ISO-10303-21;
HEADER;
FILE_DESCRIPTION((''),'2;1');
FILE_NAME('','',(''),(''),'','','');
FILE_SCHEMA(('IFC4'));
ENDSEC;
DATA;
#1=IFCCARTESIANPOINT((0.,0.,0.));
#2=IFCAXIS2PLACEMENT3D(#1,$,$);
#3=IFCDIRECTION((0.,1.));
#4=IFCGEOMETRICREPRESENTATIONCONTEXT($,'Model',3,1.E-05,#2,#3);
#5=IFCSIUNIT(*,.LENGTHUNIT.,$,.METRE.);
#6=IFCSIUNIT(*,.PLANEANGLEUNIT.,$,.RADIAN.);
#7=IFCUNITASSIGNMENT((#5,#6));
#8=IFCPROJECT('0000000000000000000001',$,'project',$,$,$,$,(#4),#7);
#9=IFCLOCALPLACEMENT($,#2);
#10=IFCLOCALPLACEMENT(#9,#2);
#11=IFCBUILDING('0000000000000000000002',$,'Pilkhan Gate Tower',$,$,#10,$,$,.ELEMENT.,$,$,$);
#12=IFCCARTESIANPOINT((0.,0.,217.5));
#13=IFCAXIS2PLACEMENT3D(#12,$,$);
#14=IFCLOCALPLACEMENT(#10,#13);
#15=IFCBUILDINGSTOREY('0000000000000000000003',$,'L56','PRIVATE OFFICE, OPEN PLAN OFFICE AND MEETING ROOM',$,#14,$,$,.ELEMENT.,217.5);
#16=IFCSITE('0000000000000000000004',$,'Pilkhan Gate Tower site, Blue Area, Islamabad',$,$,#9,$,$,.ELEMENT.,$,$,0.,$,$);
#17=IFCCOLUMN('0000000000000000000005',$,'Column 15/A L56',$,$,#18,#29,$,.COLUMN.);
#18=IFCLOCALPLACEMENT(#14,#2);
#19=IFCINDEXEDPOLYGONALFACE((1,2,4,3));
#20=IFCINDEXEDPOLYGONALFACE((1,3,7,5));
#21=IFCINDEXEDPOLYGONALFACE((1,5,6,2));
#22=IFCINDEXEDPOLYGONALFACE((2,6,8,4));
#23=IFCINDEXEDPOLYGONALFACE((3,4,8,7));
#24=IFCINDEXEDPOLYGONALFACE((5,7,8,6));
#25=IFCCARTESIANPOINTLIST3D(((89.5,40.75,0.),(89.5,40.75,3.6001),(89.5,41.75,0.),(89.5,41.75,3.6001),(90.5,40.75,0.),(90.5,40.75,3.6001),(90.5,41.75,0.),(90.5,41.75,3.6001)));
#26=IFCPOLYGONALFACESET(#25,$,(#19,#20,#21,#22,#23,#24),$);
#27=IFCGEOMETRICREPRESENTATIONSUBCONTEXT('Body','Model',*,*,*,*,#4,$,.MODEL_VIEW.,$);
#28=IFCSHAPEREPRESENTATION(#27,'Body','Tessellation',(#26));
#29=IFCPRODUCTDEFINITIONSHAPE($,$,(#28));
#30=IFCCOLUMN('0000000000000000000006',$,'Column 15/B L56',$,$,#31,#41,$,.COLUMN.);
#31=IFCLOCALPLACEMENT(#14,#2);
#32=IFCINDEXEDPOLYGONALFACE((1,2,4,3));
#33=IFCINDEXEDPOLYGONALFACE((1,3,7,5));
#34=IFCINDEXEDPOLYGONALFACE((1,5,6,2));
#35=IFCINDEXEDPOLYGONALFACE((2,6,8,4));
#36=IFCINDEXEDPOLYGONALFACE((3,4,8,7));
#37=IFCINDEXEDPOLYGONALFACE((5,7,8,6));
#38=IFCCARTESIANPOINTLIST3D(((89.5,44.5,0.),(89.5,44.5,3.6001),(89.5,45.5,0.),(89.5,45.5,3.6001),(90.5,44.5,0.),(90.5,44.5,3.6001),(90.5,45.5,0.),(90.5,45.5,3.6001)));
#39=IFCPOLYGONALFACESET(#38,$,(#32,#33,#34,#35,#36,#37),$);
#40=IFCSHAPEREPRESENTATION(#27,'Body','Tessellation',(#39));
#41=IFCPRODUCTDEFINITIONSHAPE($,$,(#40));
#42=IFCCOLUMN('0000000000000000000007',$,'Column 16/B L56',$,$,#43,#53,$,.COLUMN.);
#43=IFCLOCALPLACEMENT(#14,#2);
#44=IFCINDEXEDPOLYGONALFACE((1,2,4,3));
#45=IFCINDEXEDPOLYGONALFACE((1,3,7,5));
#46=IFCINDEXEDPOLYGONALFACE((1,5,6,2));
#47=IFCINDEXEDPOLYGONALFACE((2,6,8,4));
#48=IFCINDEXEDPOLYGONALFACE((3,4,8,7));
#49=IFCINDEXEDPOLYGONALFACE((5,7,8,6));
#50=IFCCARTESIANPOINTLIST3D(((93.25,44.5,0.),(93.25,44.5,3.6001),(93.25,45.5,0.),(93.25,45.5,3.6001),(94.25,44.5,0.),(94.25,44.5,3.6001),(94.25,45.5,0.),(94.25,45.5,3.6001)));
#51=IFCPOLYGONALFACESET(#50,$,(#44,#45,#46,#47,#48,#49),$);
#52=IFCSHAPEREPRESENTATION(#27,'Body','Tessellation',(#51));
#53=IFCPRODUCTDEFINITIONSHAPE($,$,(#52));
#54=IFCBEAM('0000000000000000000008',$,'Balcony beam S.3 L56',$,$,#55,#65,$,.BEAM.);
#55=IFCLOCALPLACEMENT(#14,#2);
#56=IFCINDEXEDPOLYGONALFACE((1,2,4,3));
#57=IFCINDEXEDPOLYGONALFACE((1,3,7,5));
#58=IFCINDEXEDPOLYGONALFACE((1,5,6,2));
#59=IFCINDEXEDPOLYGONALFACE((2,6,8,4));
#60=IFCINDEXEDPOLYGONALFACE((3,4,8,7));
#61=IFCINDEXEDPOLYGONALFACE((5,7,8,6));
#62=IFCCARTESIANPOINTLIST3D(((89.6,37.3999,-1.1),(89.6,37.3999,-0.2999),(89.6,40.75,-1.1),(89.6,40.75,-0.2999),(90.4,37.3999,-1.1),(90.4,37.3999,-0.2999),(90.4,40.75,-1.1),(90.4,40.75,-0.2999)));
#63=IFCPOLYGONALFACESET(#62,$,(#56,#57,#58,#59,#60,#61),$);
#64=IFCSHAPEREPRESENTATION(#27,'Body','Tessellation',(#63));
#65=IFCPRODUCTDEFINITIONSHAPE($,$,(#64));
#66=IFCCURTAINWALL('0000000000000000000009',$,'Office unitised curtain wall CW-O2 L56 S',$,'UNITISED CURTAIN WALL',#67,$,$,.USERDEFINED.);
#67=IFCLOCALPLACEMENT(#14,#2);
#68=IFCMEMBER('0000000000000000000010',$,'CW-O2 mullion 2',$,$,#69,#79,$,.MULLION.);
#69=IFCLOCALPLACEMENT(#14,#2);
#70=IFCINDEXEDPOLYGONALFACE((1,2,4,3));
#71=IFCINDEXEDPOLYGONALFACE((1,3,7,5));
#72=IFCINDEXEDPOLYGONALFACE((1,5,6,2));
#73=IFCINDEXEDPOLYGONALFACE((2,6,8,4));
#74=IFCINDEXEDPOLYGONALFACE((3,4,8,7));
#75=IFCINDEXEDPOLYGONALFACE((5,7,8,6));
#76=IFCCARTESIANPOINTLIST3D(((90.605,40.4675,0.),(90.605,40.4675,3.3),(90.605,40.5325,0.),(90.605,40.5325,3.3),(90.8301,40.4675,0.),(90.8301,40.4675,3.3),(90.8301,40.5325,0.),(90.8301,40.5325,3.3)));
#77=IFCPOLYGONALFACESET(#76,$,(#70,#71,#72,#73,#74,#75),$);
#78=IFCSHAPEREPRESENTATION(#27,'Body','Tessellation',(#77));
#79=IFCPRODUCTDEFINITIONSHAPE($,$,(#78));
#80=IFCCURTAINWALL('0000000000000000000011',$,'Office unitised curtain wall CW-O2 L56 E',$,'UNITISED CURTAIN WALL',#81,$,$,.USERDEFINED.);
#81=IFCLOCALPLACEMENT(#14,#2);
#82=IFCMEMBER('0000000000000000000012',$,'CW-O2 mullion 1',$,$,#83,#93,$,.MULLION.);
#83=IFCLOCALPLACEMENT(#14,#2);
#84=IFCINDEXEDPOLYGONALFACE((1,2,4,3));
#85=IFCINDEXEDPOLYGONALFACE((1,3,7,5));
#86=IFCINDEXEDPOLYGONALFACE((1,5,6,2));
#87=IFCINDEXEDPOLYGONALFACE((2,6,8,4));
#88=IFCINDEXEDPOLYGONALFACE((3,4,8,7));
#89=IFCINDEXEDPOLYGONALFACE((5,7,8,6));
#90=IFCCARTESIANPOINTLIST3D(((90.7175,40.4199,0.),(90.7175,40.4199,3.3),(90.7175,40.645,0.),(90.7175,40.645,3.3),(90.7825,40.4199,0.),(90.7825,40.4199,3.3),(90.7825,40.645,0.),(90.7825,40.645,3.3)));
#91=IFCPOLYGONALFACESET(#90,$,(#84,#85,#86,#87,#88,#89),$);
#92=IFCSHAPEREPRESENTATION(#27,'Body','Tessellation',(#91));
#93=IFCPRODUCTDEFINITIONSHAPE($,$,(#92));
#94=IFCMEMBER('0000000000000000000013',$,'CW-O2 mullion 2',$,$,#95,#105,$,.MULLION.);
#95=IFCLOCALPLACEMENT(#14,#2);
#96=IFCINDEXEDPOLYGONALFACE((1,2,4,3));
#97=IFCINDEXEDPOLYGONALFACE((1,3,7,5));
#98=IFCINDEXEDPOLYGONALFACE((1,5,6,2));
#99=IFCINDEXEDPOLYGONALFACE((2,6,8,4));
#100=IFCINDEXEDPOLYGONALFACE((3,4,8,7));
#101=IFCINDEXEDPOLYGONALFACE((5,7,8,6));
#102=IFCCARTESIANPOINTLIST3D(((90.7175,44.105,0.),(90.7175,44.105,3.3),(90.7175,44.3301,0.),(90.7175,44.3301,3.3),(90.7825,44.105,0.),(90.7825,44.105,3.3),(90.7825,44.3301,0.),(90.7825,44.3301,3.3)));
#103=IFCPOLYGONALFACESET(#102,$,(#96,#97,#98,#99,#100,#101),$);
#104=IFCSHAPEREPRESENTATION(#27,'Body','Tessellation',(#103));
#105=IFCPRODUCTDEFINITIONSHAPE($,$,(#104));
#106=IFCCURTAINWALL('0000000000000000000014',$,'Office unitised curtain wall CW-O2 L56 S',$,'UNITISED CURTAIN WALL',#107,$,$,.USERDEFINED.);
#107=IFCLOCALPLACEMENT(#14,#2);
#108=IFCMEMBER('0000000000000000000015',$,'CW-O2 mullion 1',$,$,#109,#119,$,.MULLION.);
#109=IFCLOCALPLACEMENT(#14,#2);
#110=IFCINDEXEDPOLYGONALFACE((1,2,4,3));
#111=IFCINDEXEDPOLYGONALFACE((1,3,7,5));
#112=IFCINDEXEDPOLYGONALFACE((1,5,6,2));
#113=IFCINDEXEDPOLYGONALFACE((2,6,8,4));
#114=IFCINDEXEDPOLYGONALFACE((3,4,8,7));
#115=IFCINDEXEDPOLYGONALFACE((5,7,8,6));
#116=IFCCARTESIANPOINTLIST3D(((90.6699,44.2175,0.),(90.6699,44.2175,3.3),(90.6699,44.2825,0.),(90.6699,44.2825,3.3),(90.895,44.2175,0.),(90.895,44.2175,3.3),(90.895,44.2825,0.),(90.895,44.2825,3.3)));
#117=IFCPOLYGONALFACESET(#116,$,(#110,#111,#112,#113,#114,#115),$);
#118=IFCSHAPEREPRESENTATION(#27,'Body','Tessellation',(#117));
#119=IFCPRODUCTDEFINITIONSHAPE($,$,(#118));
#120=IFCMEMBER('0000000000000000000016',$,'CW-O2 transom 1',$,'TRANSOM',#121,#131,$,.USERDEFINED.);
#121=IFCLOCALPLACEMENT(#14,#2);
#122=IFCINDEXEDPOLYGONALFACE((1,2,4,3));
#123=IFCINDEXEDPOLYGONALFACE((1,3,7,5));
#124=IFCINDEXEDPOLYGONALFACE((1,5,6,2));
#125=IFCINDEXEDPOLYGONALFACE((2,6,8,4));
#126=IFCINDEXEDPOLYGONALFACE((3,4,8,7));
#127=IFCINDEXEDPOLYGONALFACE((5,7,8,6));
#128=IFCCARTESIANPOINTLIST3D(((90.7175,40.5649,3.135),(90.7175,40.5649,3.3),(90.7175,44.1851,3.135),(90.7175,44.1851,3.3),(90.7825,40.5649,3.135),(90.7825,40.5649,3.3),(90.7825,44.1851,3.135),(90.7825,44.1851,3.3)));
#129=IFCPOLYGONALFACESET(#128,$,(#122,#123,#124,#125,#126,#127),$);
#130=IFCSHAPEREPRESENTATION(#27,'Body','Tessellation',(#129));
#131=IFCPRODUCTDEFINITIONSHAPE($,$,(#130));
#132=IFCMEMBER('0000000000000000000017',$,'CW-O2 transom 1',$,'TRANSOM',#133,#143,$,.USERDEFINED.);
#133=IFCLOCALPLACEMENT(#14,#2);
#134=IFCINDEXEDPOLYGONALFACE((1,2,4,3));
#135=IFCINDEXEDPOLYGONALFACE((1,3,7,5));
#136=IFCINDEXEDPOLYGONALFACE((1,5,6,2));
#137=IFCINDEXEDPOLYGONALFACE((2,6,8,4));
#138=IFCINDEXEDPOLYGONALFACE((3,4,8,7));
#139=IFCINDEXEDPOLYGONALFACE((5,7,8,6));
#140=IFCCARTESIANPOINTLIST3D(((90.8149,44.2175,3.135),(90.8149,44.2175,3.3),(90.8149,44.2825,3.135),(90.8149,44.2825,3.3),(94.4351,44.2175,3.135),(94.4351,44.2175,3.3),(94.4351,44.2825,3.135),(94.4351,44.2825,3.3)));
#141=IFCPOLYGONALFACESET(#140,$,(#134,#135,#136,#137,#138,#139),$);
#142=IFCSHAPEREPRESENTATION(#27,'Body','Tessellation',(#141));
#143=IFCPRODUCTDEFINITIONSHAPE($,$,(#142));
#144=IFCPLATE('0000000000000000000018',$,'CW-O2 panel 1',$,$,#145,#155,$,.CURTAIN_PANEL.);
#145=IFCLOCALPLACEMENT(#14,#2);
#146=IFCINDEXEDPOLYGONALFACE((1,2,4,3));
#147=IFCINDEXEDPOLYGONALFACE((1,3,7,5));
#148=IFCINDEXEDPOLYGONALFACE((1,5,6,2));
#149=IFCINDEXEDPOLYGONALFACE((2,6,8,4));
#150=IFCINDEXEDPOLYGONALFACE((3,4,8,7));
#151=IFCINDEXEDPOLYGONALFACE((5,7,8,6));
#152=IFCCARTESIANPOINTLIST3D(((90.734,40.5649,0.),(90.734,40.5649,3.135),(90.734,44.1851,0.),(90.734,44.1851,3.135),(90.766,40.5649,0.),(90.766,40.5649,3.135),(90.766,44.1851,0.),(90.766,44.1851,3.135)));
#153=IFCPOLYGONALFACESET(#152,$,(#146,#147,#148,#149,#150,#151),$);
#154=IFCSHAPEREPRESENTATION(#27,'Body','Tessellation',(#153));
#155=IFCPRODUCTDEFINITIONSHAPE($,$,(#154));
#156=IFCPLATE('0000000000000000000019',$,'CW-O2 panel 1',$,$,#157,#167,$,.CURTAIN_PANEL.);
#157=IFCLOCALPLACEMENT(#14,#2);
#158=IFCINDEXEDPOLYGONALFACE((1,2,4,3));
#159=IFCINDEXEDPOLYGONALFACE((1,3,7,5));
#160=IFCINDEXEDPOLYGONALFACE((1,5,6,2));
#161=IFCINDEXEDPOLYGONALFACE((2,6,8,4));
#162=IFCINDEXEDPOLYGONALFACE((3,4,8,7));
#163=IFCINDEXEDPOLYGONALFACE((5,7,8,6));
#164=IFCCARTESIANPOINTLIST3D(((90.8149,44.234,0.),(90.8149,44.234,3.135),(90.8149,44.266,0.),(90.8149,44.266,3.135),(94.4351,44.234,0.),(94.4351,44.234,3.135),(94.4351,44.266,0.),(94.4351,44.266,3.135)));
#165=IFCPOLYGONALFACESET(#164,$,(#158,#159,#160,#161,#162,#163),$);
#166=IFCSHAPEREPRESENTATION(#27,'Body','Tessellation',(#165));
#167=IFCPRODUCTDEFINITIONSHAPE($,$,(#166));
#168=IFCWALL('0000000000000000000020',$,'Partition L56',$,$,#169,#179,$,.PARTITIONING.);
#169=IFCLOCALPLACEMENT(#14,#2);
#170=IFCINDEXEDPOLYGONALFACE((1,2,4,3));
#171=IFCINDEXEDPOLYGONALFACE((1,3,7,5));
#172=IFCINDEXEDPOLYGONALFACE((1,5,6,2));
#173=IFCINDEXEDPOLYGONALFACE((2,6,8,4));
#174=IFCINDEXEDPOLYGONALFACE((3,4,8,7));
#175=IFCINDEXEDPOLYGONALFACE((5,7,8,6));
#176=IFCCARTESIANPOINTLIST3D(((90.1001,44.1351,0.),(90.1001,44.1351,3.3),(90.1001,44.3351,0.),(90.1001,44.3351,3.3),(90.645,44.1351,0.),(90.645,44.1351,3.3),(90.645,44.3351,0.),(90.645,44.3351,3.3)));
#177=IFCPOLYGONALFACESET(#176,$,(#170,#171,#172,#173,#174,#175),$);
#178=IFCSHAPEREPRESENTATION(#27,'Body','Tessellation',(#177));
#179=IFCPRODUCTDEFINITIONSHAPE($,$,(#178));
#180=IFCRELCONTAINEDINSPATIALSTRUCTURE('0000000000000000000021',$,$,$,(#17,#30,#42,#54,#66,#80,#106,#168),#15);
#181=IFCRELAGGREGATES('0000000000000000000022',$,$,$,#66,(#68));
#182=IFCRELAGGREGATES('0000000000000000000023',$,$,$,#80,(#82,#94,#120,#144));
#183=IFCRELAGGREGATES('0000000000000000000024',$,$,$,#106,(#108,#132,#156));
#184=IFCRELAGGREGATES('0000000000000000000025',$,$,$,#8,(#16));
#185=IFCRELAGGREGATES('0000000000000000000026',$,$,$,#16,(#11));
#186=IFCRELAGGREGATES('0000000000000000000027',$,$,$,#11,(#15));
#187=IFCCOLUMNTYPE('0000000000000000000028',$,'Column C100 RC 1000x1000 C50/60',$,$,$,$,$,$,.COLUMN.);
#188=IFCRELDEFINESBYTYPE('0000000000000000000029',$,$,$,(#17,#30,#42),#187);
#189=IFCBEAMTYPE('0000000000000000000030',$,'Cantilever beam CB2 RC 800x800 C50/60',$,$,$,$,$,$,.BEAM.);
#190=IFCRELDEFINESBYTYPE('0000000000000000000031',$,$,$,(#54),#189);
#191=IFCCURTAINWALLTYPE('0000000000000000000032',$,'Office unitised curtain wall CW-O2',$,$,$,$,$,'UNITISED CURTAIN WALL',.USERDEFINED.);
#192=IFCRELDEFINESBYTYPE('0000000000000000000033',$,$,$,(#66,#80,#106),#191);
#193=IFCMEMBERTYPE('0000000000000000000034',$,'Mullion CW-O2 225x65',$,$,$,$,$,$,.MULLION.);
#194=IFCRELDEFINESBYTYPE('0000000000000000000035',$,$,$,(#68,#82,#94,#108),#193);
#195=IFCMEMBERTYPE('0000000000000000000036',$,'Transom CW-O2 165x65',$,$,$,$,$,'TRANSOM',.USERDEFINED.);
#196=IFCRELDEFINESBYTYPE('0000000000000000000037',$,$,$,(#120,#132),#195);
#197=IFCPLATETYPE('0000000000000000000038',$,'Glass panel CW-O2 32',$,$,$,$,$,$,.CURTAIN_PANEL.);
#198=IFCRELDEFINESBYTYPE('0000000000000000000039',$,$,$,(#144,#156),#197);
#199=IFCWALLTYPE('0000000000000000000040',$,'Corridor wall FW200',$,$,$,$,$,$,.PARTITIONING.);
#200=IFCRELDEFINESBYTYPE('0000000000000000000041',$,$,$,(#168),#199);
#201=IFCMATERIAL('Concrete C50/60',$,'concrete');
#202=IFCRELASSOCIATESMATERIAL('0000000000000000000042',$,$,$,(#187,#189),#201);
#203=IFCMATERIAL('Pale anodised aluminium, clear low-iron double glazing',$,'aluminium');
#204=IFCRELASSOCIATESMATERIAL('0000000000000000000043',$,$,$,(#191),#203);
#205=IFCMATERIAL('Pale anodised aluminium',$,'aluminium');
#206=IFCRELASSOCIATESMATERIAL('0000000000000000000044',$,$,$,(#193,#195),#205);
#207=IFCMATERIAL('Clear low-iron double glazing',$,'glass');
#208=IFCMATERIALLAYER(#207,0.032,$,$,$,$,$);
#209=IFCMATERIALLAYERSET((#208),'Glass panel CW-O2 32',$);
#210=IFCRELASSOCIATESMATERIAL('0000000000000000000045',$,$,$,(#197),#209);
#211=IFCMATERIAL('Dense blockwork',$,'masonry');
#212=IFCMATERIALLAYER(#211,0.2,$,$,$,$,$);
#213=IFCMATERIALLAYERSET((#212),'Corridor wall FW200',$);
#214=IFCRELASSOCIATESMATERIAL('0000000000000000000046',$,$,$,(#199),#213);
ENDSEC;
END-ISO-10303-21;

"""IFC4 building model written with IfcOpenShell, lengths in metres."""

from ifc_helpers import new_model, si_unit, direction, frame, frame_2d, origin, origin_2d, place, context, subcontext, project, spatial, rectangle, extrude, material, layer, layer_set, material_profile, profile_set, type_object, element, aggregate, save


model = new_model("IFC4")

# Units and contexts
model_context = context("Model", 3, precision=1e-05, world=origin(), true_north=direction((0.0, 1.0)))
body_context = subcontext(model_context, "Body", "Model", "MODEL_VIEW")
ifc_project = project(units=[si_unit("LENGTHUNIT", "METRE"), si_unit("PLANEANGLEUNIT", "RADIAN")], contexts=[model_context])

# Site, building, storey
site_placement = place(None, origin())
site = spatial("IfcSite", under=ifc_project, at=site_placement, Name="Pilkhan Gate Tower site, Blue Area, Islamabad", CompositionType="ELEMENT", RefElevation=0.0)
building_placement = place(site_placement, origin())
building = spatial("IfcBuilding", under=site, at=building_placement, Name="Pilkhan Gate Tower", CompositionType="ELEMENT")
storey_placement = place(building_placement, frame((0.0, 0.0, 217.5)))
storey = spatial("IfcBuildingStorey", under=building, at=storey_placement, Name="L56", Description="PRIVATE OFFICE, OPEN PLAN OFFICE AND MEETING ROOM", CompositionType="ELEMENT", Elevation=217.5)

# Columns
ifc_material_1 = material(Name="Concrete C50/60", Category="concrete")
ifc_material_profile_1 = material_profile(ifc_material_1, rectangle(XDim=1.0, YDim=1.0, at=origin_2d()), Name="RC 1000x1000")
ifc_profile_set_1 = profile_set([ifc_material_profile_1], Name="Concrete C50/60")
column_type = type_object("IfcColumnType", Name="Column C100 RC 1000x1000 C50/60", PredefinedType="COLUMN", material=ifc_profile_set_1)
for number, where, z_axis, x_axis, name in (
    (1, (90.0, 41.25, 0.0), (0.0, 0.0, 1.0), (1.0, 0.0, 0.0), "Column 15/A L56"),
    (2, (90.0, 45.0, 0.0), (0.0, 0.0, 1.0), (1.0, 0.0, 0.0), "Column 15/B L56"),
    (3, (93.75, 45.0, 0.0), (0.0, 0.0, 1.0), (1.0, 0.0, 0.0), "Column 16/B L56"),
):
    element("IfcColumn", number, at=place(storey_placement, frame(where, z_axis=z_axis, x_axis=x_axis)), inside=storey, type_object=column_type, Name=name, PredefinedType="COLUMN", context=body_context, shape_type="SweptSolid", body=[
        extrude(rectangle(XDim=1.0, YDim=1.0, at=origin_2d()), origin(), (0.0, 0.0, 1.0), 3.6001),
    ])

# Beam
ifc_material_profile_2 = material_profile(ifc_material_1, rectangle(XDim=0.8, YDim=0.8, at=origin_2d()), Name="RC 800x800")
ifc_profile_set_2 = profile_set([ifc_material_profile_2], Name="Concrete C50/60")
beam_type = type_object("IfcBeamType", Name="Cantilever beam CB2 RC 800x800 C50/60", PredefinedType="BEAM", material=ifc_profile_set_2)
beam_placement = place(storey_placement, frame((90.0, 40.75, -0.7), z_axis=(0.0, -1.0, 0.0), x_axis=(1.0, 0.0, 0.0)))
element("IfcBeam", 4, at=beam_placement, inside=storey, type_object=beam_type, Name="Balcony beam S.3 L56", PredefinedType="BEAM", context=body_context, shape_type="SweptSolid", body=[
    extrude(rectangle(XDim=0.8, YDim=0.8, at=origin_2d()), origin(), (0.0, 0.0, 1.0), 3.3501),
])

# Curtain wall, member
ifc_material_2 = material(Name="Pale anodised aluminium, clear low-iron double glazing", Category="aluminium")
curtain_wall_type = type_object("IfcCurtainWallType", Name="Office unitised curtain wall CW-O2", ElementType="UNITISED CURTAIN WALL", PredefinedType="USERDEFINED", material=ifc_material_2)
curtain_wall_1_placement = place(storey_placement, origin())
curtain_wall_1 = element("IfcCurtainWall", 5, at=curtain_wall_1_placement, inside=storey, type_object=curtain_wall_type, Name="Office unitised curtain wall CW-O2 L56 S", ObjectType="UNITISED CURTAIN WALL", PredefinedType="USERDEFINED")
ifc_material_3 = material(Name="Pale anodised aluminium", Category="aluminium")
ifc_material_profile_3 = material_profile(ifc_material_3, rectangle(XDim=0.0649, YDim=0.2251, at=origin_2d()), Name="Mullion 225x65")
ifc_profile_set_3 = profile_set([ifc_material_profile_3], Name="Pale anodised aluminium")
member_type_1 = type_object("IfcMemberType", Name="Mullion CW-O2 225x65", PredefinedType="MULLION", material=ifc_profile_set_3)
member_1_placement = place(storey_placement, frame((90.7175, 40.5, 0.0), z_axis=(0.0, 0.0, 1.0), x_axis=(0.0, 1.0, 0.0)))
member_1 = element("IfcMember", 6, at=member_1_placement, type_object=member_type_1, Name="CW-O2 mullion 2", PredefinedType="MULLION", context=body_context, shape_type="SweptSolid", body=[
    extrude(rectangle(XDim=0.0649, YDim=0.2251, at=origin_2d()), origin(), (0.0, 0.0, 1.0), 3.3),
])
aggregate(curtain_wall_1, [member_1])

# Curtain wall, members
curtain_wall_2_placement = place(storey_placement, origin())
curtain_wall_2 = element("IfcCurtainWall", 7, at=curtain_wall_2_placement, inside=storey, type_object=curtain_wall_type, Name="Office unitised curtain wall CW-O2 L56 E", ObjectType="UNITISED CURTAIN WALL", PredefinedType="USERDEFINED")
member_2_placement = place(storey_placement, frame((90.75, 40.5325, 0.0), z_axis=(0.0, 0.0, 1.0), x_axis=(-1.0, 0.0, 0.0)))
member_2 = element("IfcMember", 8, at=member_2_placement, type_object=member_type_1, Name="CW-O2 mullion 1", PredefinedType="MULLION", context=body_context, shape_type="SweptSolid", body=[
    extrude(rectangle(XDim=0.0649, YDim=0.2251, at=origin_2d()), origin(), (0.0, 0.0, 1.0), 3.3),
])
member_3_placement = place(storey_placement, frame((90.75, 44.2175, 0.0), z_axis=(0.0, 0.0, 1.0), x_axis=(-1.0, 0.0, 0.0)))
member_3 = element("IfcMember", 9, at=member_3_placement, type_object=member_type_1, Name="CW-O2 mullion 2", PredefinedType="MULLION", context=body_context, shape_type="SweptSolid", body=[
    extrude(rectangle(XDim=0.0649, YDim=0.2251, at=origin_2d()), origin(), (0.0, 0.0, 1.0), 3.3),
])

# Curtain wall, member
curtain_wall_3_placement = place(storey_placement, origin())
curtain_wall_3 = element("IfcCurtainWall", 10, at=curtain_wall_3_placement, inside=storey, type_object=curtain_wall_type, Name="Office unitised curtain wall CW-O2 L56 S", ObjectType="UNITISED CURTAIN WALL", PredefinedType="USERDEFINED")
member_4_placement = place(storey_placement, frame((90.7825, 44.25, 0.0), z_axis=(0.0, 0.0, 1.0), x_axis=(0.0, 1.0, 0.0)))
member_4 = element("IfcMember", 11, at=member_4_placement, type_object=member_type_1, Name="CW-O2 mullion 1", PredefinedType="MULLION", context=body_context, shape_type="SweptSolid", body=[
    extrude(rectangle(XDim=0.0649, YDim=0.2251, at=origin_2d()), origin(), (0.0, 0.0, 1.0), 3.3),
])

# Members
ifc_material_profile_4 = material_profile(ifc_material_3, rectangle(XDim=0.0649, YDim=0.165, at=origin_2d()), Name="Transom 165x65")
ifc_profile_set_4 = profile_set([ifc_material_profile_4], Name="Pale anodised aluminium")
member_type_2 = type_object("IfcMemberType", Name="Transom CW-O2 165x65", ElementType="TRANSOM", PredefinedType="USERDEFINED", material=ifc_profile_set_4)
member_5_placement = place(storey_placement, frame((90.75, 40.5649, 3.2175), z_axis=(0.0, 1.0, 0.0), x_axis=(-1.0, 0.0, 0.0)))
member_5 = element("IfcMember", 12, at=member_5_placement, type_object=member_type_2, Name="CW-O2 transom 1", ObjectType="TRANSOM", PredefinedType="USERDEFINED", context=body_context, shape_type="SweptSolid", body=[
    extrude(rectangle(XDim=0.0649, YDim=0.165, at=origin_2d()), origin(), (0.0, 0.0, 1.0), 3.6201),
])
member_6_placement = place(storey_placement, frame((90.8149, 44.25, 3.2175), z_axis=(1.0, 0.0, 0.0), x_axis=(0.0, 1.0, 0.0)))
member_6 = element("IfcMember", 13, at=member_6_placement, type_object=member_type_2, Name="CW-O2 transom 1", ObjectType="TRANSOM", PredefinedType="USERDEFINED", context=body_context, shape_type="SweptSolid", body=[
    extrude(rectangle(XDim=0.0649, YDim=0.165, at=origin_2d()), origin(), (0.0, 0.0, 1.0), 3.6201),
])

# Plates
ifc_material_4 = material(Name="Clear low-iron double glazing", Category="glass")
ifc_layer_1 = layer(ifc_material_4, 0.032)
ifc_layer_set_1 = layer_set([ifc_layer_1], Name="Glass panel CW-O2 32")
plate_type = type_object("IfcPlateType", Name="Glass panel CW-O2 32", PredefinedType="CURTAIN_PANEL", material=ifc_layer_set_1)
plate_1_placement = place(storey_placement, frame((90.75, 42.375, 0.0), z_axis=(0.0, 0.0, 1.0), x_axis=(0.0, 1.0, 0.0)))
plate_1 = element("IfcPlate", 14, at=plate_1_placement, type_object=plate_type, Name="CW-O2 panel 1", PredefinedType="CURTAIN_PANEL", context=body_context, shape_type="SweptSolid", body=[
    extrude(rectangle(XDim=3.6201, YDim=0.032, at=origin_2d()), origin(), (0.0, 0.0, 1.0), 3.135),
])
aggregate(curtain_wall_2, [member_2, member_3, member_5, plate_1])
plate_2_placement = place(storey_placement, frame((92.625, 44.25, 0.0), z_axis=(0.0, 0.0, 1.0), x_axis=(1.0, 0.0, 0.0)))
plate_2 = element("IfcPlate", 15, at=plate_2_placement, type_object=plate_type, Name="CW-O2 panel 1", PredefinedType="CURTAIN_PANEL", context=body_context, shape_type="SweptSolid", body=[
    extrude(rectangle(XDim=3.6201, YDim=0.032, at=origin_2d()), origin(), (0.0, 0.0, 1.0), 3.135),
])
aggregate(curtain_wall_3, [member_4, member_6, plate_2])

# Wall
ifc_material_5 = material(Name="Dense blockwork", Category="masonry")
ifc_layer_2 = layer(ifc_material_5, 0.2)
ifc_layer_set_2 = layer_set([ifc_layer_2], Name="Corridor wall FW200")
wall_type_1 = type_object("IfcWallType", Name="Corridor wall FW200", PredefinedType="PARTITIONING", material=ifc_layer_set_2)
wall_1_placement = place(storey_placement, frame((90.1001, 44.2351, 0.0), z_axis=(0.0, 0.0, 1.0), x_axis=(1.0, 0.0, 0.0)))
element("IfcWall", 16, at=wall_1_placement, inside=storey, type_object=wall_type_1, Name="Partition L56", PredefinedType="PARTITIONING", context=body_context, shape_type="SweptSolid", body=[
    extrude(rectangle(XDim=0.5449, YDim=0.2, at=frame_2d((0.2725, 0.0))), origin(), (0.0, 0.0, 1.0), 3.3),
])

save(model, "model.ifc")
